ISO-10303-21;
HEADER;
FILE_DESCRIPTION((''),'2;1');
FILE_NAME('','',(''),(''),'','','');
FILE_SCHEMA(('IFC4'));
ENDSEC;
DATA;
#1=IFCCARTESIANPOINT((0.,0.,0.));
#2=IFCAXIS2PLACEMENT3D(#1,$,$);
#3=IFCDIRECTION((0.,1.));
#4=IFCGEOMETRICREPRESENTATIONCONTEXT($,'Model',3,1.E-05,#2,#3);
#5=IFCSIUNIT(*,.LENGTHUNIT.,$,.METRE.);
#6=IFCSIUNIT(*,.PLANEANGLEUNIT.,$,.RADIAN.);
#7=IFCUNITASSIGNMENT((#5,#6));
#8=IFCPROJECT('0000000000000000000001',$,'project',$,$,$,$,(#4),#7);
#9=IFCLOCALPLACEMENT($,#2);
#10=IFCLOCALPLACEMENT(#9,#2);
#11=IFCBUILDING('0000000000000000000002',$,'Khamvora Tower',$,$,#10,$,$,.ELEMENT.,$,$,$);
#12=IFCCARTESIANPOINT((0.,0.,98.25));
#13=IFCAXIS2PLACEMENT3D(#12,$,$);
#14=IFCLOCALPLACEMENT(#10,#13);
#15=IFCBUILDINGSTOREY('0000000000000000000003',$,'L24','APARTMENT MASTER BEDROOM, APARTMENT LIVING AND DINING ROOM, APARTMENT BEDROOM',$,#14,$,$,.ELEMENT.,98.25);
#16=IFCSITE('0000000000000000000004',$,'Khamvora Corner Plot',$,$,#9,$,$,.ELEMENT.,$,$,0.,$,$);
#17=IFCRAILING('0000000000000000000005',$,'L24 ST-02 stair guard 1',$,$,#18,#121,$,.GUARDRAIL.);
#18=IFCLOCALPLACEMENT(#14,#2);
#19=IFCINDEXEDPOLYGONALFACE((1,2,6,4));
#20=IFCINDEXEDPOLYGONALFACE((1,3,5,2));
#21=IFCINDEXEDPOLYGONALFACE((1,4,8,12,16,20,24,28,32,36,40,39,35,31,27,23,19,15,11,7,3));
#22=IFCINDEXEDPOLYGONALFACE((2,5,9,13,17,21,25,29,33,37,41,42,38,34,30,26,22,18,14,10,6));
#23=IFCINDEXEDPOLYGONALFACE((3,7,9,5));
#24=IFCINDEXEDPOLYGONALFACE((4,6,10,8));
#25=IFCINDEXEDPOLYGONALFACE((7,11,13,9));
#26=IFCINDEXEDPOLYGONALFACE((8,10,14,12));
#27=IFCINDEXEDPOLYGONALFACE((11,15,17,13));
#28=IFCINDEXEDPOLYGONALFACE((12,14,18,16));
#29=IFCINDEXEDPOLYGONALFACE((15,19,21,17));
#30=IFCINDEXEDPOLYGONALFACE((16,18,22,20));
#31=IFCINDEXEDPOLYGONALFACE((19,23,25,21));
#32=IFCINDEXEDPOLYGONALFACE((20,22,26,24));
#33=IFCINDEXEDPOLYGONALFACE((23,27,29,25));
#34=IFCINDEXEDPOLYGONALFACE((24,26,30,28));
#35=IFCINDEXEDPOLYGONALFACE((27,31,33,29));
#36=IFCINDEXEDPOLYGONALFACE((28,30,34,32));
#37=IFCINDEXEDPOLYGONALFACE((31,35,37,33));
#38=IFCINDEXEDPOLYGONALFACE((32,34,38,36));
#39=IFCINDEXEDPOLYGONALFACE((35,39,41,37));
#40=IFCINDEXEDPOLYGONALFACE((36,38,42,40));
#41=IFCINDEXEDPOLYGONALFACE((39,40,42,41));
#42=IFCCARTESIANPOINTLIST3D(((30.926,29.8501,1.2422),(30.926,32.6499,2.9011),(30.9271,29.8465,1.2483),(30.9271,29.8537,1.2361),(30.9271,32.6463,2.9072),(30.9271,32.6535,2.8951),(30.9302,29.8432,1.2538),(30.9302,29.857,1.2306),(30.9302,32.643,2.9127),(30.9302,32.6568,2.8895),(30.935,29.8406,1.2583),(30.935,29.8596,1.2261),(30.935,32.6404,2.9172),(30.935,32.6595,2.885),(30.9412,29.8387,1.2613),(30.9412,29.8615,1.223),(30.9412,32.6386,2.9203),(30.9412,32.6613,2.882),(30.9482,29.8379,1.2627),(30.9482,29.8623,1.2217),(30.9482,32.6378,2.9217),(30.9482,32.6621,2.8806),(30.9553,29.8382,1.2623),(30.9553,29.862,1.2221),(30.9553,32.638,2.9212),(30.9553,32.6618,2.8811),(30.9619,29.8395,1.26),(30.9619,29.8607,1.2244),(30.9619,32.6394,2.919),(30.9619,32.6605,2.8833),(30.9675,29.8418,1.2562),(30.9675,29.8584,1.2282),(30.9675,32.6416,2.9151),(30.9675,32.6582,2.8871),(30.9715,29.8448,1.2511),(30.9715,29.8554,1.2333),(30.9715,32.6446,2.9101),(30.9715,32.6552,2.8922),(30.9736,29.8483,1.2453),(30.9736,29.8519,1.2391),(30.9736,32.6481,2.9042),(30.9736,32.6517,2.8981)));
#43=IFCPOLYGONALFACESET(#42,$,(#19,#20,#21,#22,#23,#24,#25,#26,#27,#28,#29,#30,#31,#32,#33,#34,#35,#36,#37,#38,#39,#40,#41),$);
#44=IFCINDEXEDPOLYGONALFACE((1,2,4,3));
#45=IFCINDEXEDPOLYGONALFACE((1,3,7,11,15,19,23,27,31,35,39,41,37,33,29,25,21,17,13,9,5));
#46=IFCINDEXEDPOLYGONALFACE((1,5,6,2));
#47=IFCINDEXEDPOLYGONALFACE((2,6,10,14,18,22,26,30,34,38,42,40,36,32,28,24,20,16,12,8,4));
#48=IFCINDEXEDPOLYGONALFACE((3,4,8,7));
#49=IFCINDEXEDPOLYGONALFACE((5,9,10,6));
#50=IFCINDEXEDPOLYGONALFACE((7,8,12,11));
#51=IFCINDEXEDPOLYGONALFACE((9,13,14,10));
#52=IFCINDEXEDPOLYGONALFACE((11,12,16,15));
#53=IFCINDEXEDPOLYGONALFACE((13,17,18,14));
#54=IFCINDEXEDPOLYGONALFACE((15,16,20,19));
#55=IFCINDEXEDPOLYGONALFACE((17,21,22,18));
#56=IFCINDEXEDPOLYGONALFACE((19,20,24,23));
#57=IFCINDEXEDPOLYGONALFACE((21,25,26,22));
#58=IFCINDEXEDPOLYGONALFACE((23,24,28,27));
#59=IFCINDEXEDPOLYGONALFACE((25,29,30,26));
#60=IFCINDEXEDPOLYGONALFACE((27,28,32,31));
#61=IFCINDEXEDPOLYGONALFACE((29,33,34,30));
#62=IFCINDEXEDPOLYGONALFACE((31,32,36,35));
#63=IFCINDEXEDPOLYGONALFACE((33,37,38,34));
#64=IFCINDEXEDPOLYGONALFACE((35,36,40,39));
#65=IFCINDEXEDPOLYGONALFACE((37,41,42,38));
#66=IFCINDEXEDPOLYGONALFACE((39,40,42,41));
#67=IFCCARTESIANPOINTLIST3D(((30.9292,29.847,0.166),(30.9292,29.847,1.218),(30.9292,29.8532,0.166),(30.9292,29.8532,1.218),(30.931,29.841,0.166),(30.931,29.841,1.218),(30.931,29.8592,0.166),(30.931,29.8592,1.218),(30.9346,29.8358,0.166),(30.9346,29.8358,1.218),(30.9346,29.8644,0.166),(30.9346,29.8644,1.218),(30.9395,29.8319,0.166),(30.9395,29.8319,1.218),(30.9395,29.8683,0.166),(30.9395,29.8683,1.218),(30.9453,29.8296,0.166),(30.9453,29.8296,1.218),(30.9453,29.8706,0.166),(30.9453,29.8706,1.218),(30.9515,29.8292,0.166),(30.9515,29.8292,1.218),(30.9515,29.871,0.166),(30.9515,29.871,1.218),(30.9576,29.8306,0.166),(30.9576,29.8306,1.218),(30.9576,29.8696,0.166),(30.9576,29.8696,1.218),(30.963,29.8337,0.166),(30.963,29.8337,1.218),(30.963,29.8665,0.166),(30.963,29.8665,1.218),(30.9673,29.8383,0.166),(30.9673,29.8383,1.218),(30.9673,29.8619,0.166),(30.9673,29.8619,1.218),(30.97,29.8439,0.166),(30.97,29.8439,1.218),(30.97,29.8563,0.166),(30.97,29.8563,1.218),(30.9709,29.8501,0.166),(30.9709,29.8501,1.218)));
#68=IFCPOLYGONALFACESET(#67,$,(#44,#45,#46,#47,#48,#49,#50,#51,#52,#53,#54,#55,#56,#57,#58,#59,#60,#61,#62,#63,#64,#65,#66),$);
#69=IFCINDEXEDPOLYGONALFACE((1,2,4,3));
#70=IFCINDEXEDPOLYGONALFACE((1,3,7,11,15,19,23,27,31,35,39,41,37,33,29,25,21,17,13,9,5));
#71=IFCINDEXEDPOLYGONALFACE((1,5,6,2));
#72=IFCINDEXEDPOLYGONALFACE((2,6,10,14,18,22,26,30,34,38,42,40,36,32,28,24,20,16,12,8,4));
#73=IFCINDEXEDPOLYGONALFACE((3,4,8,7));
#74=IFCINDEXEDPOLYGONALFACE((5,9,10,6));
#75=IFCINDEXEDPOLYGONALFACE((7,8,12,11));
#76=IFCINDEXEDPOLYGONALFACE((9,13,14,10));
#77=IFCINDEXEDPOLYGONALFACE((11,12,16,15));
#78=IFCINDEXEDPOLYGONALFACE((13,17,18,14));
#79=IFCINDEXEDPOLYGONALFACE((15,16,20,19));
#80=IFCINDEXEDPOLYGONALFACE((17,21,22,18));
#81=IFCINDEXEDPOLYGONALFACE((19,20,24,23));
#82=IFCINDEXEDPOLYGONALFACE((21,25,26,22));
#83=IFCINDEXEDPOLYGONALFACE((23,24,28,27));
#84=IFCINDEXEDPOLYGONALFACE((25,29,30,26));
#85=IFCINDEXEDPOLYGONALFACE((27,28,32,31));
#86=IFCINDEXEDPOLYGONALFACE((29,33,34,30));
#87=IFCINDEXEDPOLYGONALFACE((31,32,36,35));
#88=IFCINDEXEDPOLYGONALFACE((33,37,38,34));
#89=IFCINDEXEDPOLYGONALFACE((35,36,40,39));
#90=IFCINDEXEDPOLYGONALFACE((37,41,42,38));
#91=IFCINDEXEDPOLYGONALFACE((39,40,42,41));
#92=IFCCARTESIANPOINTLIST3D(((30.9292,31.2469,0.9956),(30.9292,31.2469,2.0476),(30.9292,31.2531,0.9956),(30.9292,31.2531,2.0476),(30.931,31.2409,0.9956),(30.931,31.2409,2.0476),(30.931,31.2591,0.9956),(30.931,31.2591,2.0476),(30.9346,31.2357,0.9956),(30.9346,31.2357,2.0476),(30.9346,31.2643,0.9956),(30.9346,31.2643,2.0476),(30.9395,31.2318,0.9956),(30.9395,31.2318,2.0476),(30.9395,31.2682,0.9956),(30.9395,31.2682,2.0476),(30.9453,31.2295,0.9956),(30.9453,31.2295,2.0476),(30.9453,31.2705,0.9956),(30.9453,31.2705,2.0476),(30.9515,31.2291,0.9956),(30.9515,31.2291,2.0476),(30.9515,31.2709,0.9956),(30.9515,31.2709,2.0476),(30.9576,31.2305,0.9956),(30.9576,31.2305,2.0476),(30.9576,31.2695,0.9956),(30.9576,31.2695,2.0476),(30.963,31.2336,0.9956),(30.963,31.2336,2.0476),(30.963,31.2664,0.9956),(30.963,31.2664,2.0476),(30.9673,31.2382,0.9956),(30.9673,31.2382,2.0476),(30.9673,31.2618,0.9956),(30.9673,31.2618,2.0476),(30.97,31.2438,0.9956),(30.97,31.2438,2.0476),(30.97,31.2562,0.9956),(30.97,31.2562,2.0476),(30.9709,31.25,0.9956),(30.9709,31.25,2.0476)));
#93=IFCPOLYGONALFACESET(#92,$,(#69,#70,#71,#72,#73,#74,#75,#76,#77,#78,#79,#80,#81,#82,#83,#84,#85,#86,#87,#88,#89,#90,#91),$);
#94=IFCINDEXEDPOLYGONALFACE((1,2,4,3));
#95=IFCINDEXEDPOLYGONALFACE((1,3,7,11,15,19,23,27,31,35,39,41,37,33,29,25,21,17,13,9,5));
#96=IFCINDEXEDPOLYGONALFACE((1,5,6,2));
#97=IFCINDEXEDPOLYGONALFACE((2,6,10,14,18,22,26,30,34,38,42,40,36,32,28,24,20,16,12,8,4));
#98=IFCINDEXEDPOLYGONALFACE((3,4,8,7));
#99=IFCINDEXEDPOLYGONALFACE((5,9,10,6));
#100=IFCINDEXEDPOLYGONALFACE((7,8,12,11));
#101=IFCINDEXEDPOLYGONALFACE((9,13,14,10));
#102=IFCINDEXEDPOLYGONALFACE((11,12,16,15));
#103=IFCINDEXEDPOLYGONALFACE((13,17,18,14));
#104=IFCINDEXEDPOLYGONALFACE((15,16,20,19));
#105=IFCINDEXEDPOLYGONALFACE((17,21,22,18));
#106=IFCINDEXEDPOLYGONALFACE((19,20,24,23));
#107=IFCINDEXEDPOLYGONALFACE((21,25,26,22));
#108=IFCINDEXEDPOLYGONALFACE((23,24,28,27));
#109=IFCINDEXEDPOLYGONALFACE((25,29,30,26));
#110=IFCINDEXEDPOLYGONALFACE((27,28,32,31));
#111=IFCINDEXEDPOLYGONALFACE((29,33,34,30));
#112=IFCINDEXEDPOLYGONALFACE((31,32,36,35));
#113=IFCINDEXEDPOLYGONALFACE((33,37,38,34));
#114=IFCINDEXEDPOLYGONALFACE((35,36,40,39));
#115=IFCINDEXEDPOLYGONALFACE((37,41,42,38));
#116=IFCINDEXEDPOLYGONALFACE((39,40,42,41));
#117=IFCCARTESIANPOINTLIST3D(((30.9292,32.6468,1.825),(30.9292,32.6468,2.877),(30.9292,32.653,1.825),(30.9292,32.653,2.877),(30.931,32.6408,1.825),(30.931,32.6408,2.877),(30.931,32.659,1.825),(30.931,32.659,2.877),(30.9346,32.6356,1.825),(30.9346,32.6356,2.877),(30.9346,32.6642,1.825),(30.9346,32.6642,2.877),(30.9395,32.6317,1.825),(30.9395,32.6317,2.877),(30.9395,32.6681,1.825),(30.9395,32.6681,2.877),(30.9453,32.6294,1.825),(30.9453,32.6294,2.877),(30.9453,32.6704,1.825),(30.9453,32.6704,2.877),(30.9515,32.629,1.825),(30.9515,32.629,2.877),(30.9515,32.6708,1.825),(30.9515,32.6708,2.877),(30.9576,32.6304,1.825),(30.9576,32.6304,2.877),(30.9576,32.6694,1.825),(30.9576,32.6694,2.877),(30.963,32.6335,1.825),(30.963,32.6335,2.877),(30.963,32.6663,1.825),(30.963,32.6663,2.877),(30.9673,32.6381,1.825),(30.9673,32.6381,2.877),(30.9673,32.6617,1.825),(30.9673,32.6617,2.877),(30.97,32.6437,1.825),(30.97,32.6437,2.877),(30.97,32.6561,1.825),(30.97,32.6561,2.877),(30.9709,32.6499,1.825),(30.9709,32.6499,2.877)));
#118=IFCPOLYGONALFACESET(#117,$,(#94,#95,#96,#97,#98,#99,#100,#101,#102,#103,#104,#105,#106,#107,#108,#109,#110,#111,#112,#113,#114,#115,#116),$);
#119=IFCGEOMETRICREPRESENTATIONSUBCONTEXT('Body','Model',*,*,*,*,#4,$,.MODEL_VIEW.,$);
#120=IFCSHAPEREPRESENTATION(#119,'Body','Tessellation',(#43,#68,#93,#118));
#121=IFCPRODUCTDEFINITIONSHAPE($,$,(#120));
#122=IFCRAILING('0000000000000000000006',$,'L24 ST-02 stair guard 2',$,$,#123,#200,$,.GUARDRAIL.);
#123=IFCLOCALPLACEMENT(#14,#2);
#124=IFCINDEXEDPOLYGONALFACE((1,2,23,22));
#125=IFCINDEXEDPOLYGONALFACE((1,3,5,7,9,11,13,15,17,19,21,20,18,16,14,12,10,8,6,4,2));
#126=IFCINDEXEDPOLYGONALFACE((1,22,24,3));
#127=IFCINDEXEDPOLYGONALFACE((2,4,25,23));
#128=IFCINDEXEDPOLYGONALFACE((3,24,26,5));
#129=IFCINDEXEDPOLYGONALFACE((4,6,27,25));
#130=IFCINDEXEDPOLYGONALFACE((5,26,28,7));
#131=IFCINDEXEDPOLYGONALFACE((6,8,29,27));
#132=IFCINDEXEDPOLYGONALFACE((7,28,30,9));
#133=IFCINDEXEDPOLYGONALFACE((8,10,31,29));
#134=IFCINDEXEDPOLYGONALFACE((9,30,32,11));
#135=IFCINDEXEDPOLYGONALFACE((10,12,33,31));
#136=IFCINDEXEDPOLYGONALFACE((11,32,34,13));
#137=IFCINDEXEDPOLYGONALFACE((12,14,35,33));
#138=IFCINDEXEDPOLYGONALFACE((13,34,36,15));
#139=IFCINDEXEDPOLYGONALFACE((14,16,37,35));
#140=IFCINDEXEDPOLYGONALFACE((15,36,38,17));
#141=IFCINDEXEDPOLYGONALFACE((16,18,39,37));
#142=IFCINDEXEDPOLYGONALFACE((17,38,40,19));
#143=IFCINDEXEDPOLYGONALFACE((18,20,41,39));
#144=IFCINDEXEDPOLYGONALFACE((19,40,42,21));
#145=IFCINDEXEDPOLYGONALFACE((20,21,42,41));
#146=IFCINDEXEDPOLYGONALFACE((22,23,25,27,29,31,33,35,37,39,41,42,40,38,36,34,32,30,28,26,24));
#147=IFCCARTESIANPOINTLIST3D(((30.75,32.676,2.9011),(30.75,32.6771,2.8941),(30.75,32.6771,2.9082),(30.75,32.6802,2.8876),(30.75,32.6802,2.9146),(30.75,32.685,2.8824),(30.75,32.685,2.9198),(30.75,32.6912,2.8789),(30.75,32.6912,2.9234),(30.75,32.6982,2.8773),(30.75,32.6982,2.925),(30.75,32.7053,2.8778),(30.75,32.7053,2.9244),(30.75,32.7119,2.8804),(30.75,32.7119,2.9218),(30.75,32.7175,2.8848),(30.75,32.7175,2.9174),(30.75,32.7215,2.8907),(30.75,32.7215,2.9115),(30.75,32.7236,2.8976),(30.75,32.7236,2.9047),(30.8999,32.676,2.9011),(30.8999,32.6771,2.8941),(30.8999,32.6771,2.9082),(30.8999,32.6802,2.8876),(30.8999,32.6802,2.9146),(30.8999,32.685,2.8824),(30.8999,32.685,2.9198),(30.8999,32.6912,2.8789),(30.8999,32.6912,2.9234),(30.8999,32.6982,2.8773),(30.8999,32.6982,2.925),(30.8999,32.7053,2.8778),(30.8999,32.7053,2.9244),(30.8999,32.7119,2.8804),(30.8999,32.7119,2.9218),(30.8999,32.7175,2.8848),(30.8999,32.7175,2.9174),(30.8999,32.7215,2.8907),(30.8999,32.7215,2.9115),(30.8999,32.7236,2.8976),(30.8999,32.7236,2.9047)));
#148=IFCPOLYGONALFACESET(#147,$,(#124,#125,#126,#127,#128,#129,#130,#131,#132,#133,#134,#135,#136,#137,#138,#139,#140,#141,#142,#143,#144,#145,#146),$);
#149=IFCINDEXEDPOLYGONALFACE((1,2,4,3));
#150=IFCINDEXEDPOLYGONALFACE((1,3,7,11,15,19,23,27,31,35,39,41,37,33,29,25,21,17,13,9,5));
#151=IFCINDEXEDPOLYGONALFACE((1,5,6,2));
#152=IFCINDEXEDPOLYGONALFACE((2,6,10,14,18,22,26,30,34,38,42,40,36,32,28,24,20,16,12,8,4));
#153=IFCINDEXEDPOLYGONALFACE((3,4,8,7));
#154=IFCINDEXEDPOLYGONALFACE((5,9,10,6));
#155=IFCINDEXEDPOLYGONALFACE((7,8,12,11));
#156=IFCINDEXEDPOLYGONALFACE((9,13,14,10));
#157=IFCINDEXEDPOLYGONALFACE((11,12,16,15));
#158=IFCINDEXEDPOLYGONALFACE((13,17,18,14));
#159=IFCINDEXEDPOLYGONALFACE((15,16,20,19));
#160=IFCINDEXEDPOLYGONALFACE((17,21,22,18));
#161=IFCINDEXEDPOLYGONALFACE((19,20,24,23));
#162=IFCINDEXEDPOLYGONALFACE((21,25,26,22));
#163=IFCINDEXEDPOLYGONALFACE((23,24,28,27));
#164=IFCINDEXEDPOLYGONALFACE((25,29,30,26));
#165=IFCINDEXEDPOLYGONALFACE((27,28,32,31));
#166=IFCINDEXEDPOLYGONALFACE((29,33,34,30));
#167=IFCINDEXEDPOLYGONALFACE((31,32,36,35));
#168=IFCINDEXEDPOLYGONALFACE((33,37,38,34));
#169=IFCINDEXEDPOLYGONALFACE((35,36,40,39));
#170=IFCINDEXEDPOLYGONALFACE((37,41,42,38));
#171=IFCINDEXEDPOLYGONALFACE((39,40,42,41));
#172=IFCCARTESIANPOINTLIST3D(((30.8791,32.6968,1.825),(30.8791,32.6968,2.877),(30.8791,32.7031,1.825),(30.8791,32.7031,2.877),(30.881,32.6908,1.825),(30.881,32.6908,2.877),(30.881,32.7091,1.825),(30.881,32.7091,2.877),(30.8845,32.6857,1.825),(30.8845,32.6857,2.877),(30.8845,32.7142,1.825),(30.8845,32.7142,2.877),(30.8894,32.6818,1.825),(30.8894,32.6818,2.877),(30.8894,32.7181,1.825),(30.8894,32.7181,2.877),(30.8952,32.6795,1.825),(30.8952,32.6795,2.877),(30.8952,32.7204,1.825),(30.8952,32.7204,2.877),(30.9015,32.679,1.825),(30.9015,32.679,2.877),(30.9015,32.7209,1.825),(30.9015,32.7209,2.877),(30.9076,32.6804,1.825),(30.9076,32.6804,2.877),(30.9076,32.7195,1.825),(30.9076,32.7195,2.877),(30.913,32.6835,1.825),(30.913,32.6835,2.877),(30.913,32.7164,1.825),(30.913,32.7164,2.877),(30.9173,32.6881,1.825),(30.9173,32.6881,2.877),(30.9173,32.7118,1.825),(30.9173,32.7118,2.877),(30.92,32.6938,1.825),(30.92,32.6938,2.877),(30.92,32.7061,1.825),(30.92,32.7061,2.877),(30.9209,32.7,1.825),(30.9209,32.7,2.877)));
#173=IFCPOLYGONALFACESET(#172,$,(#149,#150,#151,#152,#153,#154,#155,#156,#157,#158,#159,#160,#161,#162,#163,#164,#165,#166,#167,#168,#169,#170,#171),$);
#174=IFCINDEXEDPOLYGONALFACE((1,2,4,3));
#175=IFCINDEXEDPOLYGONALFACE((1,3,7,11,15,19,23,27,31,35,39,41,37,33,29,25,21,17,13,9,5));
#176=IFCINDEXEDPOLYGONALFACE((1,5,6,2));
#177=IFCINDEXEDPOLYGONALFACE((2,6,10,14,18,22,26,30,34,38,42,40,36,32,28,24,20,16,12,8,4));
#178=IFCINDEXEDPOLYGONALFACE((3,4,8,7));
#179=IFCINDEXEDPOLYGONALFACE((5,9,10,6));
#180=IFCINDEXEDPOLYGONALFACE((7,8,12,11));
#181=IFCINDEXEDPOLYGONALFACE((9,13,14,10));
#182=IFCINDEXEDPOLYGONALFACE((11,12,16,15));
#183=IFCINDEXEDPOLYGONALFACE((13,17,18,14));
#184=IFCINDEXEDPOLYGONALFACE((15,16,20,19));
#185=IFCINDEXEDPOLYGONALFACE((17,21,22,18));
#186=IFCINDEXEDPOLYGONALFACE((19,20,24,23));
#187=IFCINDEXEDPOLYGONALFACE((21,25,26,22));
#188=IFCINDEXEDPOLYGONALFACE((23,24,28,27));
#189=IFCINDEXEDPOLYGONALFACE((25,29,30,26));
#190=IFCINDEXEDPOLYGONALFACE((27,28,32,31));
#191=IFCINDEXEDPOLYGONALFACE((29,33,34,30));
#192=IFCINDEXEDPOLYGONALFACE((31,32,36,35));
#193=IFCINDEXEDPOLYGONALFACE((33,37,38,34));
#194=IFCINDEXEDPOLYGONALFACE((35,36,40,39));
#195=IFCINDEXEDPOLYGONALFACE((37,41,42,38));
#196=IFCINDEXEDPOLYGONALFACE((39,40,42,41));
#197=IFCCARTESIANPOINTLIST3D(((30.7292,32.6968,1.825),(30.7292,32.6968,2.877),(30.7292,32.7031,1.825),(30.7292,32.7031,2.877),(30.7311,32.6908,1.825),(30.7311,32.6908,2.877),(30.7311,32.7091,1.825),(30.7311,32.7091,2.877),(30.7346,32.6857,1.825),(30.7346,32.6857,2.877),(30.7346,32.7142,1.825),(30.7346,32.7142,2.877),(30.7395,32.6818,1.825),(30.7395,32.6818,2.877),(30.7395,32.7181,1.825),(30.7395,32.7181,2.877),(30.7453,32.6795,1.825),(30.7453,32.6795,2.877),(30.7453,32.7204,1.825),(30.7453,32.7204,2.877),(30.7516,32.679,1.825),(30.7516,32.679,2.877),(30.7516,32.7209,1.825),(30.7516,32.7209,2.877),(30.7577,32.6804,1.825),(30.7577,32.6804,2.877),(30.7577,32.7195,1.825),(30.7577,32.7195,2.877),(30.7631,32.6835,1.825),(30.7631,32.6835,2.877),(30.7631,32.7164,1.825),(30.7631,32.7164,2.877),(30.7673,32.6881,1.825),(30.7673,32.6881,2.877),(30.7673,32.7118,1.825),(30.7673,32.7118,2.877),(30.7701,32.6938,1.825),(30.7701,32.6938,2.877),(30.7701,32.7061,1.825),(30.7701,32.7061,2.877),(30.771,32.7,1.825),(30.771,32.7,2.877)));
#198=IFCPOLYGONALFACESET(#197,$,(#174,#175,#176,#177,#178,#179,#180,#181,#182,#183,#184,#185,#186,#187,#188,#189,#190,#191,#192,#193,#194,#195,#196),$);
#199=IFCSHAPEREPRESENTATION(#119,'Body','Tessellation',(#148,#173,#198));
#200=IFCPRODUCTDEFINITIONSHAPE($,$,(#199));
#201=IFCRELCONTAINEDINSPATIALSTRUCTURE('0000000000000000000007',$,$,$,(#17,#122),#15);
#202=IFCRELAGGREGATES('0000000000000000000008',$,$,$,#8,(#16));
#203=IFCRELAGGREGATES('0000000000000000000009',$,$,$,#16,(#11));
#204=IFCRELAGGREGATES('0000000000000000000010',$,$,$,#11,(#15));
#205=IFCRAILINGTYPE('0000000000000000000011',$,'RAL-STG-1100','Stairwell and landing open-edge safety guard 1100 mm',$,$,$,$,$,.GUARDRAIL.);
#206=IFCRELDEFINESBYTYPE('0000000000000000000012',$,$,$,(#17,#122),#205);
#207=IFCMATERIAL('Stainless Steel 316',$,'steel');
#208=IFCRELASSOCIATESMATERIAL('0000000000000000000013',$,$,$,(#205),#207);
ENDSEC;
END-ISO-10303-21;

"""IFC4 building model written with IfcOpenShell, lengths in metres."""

from ifc_helpers import new_model, si_unit, direction, frame, origin, origin_2d, place, context, subcontext, project, spatial, circle, extrude, material, type_object, element, save


model = new_model("IFC4")

# Units and contexts
model_context = context("Model", 3, precision=1e-05, world=origin(), true_north=direction((0.0, 1.0)))
body_context = subcontext(model_context, "Body", "Model", "MODEL_VIEW")
ifc_project = project(units=[si_unit("LENGTHUNIT", "METRE"), si_unit("PLANEANGLEUNIT", "RADIAN")], contexts=[model_context])

# Site, building, storey
site_placement = place(None, origin())
site = spatial("IfcSite", under=ifc_project, at=site_placement, Name="Khamvora Corner Plot", CompositionType="ELEMENT", RefElevation=0.0)
building_placement = place(site_placement, origin())
building = spatial("IfcBuilding", under=site, at=building_placement, Name="Khamvora Tower", CompositionType="ELEMENT")
storey_placement = place(building_placement, frame((0.0, 0.0, 98.25)))
storey = spatial("IfcBuildingStorey", under=building, at=storey_placement, Name="L24", Description="APARTMENT MASTER BEDROOM, APARTMENT LIVING AND DINING ROOM, APARTMENT BEDROOM", CompositionType="ELEMENT", Elevation=98.25)

# Railings
ifc_material_1 = material(Name="Stainless Steel 316", Category="steel")
railing_type_1 = type_object("IfcRailingType", Name="RAL-STG-1100", Description="Stairwell and landing open-edge safety guard 1100 mm", PredefinedType="GUARDRAIL", material=ifc_material_1)
railing_1_placement = place(storey_placement, frame((30.95, 29.8501, 0.166)))
element("IfcRailing", 1, at=railing_1_placement, inside=storey, type_object=railing_type_1, Name="L24 ST-02 stair guard 1", PredefinedType="GUARDRAIL", context=body_context, shape_type="SweptSolid", body=[
    extrude(circle(Radius=0.0239, at=origin_2d()), frame((0.0, 0.0, 1.0762), z_axis=(0.0, 0.86032, 0.509755), x_axis=(-1.0, 0.0, 0.0)), (0.0, 0.0, 1.0), 3.2544),
    extrude(circle(Radius=0.021, at=origin_2d()), origin(), (0.0, 0.0, 1.0), 1.052),
    extrude(circle(Radius=0.021, at=origin_2d()), frame((0.0, 1.3999, 0.8296)), (0.0, 0.0, 1.0), 1.052),
    extrude(circle(Radius=0.021, at=origin_2d()), frame((0.0, 2.7998, 1.6589)), (0.0, 0.0, 1.0), 1.052),
])
railing_2_placement = place(storey_placement, frame((30.8999, 32.7, 1.825)))
element("IfcRailing", 2, at=railing_2_placement, inside=storey, type_object=railing_type_1, Name="L24 ST-02 stair guard 2", PredefinedType="GUARDRAIL", context=body_context, shape_type="SweptSolid", body=[
    extrude(circle(Radius=0.0239, at=origin_2d()), frame((0.0, 0.0, 1.0762), z_axis=(-1.0, 0.0, 0.0), x_axis=(0.0, -1.0, 0.0)), (0.0, 0.0, 1.0), 0.1499),
    extrude(circle(Radius=0.021, at=origin_2d()), origin(), (0.0, 0.0, 1.0), 1.052),
    extrude(circle(Radius=0.021, at=origin_2d()), frame((-0.1499, 0.0, 0.0)), (0.0, 0.0, 1.0), 1.052),
])

save(model, "model.ifc")
